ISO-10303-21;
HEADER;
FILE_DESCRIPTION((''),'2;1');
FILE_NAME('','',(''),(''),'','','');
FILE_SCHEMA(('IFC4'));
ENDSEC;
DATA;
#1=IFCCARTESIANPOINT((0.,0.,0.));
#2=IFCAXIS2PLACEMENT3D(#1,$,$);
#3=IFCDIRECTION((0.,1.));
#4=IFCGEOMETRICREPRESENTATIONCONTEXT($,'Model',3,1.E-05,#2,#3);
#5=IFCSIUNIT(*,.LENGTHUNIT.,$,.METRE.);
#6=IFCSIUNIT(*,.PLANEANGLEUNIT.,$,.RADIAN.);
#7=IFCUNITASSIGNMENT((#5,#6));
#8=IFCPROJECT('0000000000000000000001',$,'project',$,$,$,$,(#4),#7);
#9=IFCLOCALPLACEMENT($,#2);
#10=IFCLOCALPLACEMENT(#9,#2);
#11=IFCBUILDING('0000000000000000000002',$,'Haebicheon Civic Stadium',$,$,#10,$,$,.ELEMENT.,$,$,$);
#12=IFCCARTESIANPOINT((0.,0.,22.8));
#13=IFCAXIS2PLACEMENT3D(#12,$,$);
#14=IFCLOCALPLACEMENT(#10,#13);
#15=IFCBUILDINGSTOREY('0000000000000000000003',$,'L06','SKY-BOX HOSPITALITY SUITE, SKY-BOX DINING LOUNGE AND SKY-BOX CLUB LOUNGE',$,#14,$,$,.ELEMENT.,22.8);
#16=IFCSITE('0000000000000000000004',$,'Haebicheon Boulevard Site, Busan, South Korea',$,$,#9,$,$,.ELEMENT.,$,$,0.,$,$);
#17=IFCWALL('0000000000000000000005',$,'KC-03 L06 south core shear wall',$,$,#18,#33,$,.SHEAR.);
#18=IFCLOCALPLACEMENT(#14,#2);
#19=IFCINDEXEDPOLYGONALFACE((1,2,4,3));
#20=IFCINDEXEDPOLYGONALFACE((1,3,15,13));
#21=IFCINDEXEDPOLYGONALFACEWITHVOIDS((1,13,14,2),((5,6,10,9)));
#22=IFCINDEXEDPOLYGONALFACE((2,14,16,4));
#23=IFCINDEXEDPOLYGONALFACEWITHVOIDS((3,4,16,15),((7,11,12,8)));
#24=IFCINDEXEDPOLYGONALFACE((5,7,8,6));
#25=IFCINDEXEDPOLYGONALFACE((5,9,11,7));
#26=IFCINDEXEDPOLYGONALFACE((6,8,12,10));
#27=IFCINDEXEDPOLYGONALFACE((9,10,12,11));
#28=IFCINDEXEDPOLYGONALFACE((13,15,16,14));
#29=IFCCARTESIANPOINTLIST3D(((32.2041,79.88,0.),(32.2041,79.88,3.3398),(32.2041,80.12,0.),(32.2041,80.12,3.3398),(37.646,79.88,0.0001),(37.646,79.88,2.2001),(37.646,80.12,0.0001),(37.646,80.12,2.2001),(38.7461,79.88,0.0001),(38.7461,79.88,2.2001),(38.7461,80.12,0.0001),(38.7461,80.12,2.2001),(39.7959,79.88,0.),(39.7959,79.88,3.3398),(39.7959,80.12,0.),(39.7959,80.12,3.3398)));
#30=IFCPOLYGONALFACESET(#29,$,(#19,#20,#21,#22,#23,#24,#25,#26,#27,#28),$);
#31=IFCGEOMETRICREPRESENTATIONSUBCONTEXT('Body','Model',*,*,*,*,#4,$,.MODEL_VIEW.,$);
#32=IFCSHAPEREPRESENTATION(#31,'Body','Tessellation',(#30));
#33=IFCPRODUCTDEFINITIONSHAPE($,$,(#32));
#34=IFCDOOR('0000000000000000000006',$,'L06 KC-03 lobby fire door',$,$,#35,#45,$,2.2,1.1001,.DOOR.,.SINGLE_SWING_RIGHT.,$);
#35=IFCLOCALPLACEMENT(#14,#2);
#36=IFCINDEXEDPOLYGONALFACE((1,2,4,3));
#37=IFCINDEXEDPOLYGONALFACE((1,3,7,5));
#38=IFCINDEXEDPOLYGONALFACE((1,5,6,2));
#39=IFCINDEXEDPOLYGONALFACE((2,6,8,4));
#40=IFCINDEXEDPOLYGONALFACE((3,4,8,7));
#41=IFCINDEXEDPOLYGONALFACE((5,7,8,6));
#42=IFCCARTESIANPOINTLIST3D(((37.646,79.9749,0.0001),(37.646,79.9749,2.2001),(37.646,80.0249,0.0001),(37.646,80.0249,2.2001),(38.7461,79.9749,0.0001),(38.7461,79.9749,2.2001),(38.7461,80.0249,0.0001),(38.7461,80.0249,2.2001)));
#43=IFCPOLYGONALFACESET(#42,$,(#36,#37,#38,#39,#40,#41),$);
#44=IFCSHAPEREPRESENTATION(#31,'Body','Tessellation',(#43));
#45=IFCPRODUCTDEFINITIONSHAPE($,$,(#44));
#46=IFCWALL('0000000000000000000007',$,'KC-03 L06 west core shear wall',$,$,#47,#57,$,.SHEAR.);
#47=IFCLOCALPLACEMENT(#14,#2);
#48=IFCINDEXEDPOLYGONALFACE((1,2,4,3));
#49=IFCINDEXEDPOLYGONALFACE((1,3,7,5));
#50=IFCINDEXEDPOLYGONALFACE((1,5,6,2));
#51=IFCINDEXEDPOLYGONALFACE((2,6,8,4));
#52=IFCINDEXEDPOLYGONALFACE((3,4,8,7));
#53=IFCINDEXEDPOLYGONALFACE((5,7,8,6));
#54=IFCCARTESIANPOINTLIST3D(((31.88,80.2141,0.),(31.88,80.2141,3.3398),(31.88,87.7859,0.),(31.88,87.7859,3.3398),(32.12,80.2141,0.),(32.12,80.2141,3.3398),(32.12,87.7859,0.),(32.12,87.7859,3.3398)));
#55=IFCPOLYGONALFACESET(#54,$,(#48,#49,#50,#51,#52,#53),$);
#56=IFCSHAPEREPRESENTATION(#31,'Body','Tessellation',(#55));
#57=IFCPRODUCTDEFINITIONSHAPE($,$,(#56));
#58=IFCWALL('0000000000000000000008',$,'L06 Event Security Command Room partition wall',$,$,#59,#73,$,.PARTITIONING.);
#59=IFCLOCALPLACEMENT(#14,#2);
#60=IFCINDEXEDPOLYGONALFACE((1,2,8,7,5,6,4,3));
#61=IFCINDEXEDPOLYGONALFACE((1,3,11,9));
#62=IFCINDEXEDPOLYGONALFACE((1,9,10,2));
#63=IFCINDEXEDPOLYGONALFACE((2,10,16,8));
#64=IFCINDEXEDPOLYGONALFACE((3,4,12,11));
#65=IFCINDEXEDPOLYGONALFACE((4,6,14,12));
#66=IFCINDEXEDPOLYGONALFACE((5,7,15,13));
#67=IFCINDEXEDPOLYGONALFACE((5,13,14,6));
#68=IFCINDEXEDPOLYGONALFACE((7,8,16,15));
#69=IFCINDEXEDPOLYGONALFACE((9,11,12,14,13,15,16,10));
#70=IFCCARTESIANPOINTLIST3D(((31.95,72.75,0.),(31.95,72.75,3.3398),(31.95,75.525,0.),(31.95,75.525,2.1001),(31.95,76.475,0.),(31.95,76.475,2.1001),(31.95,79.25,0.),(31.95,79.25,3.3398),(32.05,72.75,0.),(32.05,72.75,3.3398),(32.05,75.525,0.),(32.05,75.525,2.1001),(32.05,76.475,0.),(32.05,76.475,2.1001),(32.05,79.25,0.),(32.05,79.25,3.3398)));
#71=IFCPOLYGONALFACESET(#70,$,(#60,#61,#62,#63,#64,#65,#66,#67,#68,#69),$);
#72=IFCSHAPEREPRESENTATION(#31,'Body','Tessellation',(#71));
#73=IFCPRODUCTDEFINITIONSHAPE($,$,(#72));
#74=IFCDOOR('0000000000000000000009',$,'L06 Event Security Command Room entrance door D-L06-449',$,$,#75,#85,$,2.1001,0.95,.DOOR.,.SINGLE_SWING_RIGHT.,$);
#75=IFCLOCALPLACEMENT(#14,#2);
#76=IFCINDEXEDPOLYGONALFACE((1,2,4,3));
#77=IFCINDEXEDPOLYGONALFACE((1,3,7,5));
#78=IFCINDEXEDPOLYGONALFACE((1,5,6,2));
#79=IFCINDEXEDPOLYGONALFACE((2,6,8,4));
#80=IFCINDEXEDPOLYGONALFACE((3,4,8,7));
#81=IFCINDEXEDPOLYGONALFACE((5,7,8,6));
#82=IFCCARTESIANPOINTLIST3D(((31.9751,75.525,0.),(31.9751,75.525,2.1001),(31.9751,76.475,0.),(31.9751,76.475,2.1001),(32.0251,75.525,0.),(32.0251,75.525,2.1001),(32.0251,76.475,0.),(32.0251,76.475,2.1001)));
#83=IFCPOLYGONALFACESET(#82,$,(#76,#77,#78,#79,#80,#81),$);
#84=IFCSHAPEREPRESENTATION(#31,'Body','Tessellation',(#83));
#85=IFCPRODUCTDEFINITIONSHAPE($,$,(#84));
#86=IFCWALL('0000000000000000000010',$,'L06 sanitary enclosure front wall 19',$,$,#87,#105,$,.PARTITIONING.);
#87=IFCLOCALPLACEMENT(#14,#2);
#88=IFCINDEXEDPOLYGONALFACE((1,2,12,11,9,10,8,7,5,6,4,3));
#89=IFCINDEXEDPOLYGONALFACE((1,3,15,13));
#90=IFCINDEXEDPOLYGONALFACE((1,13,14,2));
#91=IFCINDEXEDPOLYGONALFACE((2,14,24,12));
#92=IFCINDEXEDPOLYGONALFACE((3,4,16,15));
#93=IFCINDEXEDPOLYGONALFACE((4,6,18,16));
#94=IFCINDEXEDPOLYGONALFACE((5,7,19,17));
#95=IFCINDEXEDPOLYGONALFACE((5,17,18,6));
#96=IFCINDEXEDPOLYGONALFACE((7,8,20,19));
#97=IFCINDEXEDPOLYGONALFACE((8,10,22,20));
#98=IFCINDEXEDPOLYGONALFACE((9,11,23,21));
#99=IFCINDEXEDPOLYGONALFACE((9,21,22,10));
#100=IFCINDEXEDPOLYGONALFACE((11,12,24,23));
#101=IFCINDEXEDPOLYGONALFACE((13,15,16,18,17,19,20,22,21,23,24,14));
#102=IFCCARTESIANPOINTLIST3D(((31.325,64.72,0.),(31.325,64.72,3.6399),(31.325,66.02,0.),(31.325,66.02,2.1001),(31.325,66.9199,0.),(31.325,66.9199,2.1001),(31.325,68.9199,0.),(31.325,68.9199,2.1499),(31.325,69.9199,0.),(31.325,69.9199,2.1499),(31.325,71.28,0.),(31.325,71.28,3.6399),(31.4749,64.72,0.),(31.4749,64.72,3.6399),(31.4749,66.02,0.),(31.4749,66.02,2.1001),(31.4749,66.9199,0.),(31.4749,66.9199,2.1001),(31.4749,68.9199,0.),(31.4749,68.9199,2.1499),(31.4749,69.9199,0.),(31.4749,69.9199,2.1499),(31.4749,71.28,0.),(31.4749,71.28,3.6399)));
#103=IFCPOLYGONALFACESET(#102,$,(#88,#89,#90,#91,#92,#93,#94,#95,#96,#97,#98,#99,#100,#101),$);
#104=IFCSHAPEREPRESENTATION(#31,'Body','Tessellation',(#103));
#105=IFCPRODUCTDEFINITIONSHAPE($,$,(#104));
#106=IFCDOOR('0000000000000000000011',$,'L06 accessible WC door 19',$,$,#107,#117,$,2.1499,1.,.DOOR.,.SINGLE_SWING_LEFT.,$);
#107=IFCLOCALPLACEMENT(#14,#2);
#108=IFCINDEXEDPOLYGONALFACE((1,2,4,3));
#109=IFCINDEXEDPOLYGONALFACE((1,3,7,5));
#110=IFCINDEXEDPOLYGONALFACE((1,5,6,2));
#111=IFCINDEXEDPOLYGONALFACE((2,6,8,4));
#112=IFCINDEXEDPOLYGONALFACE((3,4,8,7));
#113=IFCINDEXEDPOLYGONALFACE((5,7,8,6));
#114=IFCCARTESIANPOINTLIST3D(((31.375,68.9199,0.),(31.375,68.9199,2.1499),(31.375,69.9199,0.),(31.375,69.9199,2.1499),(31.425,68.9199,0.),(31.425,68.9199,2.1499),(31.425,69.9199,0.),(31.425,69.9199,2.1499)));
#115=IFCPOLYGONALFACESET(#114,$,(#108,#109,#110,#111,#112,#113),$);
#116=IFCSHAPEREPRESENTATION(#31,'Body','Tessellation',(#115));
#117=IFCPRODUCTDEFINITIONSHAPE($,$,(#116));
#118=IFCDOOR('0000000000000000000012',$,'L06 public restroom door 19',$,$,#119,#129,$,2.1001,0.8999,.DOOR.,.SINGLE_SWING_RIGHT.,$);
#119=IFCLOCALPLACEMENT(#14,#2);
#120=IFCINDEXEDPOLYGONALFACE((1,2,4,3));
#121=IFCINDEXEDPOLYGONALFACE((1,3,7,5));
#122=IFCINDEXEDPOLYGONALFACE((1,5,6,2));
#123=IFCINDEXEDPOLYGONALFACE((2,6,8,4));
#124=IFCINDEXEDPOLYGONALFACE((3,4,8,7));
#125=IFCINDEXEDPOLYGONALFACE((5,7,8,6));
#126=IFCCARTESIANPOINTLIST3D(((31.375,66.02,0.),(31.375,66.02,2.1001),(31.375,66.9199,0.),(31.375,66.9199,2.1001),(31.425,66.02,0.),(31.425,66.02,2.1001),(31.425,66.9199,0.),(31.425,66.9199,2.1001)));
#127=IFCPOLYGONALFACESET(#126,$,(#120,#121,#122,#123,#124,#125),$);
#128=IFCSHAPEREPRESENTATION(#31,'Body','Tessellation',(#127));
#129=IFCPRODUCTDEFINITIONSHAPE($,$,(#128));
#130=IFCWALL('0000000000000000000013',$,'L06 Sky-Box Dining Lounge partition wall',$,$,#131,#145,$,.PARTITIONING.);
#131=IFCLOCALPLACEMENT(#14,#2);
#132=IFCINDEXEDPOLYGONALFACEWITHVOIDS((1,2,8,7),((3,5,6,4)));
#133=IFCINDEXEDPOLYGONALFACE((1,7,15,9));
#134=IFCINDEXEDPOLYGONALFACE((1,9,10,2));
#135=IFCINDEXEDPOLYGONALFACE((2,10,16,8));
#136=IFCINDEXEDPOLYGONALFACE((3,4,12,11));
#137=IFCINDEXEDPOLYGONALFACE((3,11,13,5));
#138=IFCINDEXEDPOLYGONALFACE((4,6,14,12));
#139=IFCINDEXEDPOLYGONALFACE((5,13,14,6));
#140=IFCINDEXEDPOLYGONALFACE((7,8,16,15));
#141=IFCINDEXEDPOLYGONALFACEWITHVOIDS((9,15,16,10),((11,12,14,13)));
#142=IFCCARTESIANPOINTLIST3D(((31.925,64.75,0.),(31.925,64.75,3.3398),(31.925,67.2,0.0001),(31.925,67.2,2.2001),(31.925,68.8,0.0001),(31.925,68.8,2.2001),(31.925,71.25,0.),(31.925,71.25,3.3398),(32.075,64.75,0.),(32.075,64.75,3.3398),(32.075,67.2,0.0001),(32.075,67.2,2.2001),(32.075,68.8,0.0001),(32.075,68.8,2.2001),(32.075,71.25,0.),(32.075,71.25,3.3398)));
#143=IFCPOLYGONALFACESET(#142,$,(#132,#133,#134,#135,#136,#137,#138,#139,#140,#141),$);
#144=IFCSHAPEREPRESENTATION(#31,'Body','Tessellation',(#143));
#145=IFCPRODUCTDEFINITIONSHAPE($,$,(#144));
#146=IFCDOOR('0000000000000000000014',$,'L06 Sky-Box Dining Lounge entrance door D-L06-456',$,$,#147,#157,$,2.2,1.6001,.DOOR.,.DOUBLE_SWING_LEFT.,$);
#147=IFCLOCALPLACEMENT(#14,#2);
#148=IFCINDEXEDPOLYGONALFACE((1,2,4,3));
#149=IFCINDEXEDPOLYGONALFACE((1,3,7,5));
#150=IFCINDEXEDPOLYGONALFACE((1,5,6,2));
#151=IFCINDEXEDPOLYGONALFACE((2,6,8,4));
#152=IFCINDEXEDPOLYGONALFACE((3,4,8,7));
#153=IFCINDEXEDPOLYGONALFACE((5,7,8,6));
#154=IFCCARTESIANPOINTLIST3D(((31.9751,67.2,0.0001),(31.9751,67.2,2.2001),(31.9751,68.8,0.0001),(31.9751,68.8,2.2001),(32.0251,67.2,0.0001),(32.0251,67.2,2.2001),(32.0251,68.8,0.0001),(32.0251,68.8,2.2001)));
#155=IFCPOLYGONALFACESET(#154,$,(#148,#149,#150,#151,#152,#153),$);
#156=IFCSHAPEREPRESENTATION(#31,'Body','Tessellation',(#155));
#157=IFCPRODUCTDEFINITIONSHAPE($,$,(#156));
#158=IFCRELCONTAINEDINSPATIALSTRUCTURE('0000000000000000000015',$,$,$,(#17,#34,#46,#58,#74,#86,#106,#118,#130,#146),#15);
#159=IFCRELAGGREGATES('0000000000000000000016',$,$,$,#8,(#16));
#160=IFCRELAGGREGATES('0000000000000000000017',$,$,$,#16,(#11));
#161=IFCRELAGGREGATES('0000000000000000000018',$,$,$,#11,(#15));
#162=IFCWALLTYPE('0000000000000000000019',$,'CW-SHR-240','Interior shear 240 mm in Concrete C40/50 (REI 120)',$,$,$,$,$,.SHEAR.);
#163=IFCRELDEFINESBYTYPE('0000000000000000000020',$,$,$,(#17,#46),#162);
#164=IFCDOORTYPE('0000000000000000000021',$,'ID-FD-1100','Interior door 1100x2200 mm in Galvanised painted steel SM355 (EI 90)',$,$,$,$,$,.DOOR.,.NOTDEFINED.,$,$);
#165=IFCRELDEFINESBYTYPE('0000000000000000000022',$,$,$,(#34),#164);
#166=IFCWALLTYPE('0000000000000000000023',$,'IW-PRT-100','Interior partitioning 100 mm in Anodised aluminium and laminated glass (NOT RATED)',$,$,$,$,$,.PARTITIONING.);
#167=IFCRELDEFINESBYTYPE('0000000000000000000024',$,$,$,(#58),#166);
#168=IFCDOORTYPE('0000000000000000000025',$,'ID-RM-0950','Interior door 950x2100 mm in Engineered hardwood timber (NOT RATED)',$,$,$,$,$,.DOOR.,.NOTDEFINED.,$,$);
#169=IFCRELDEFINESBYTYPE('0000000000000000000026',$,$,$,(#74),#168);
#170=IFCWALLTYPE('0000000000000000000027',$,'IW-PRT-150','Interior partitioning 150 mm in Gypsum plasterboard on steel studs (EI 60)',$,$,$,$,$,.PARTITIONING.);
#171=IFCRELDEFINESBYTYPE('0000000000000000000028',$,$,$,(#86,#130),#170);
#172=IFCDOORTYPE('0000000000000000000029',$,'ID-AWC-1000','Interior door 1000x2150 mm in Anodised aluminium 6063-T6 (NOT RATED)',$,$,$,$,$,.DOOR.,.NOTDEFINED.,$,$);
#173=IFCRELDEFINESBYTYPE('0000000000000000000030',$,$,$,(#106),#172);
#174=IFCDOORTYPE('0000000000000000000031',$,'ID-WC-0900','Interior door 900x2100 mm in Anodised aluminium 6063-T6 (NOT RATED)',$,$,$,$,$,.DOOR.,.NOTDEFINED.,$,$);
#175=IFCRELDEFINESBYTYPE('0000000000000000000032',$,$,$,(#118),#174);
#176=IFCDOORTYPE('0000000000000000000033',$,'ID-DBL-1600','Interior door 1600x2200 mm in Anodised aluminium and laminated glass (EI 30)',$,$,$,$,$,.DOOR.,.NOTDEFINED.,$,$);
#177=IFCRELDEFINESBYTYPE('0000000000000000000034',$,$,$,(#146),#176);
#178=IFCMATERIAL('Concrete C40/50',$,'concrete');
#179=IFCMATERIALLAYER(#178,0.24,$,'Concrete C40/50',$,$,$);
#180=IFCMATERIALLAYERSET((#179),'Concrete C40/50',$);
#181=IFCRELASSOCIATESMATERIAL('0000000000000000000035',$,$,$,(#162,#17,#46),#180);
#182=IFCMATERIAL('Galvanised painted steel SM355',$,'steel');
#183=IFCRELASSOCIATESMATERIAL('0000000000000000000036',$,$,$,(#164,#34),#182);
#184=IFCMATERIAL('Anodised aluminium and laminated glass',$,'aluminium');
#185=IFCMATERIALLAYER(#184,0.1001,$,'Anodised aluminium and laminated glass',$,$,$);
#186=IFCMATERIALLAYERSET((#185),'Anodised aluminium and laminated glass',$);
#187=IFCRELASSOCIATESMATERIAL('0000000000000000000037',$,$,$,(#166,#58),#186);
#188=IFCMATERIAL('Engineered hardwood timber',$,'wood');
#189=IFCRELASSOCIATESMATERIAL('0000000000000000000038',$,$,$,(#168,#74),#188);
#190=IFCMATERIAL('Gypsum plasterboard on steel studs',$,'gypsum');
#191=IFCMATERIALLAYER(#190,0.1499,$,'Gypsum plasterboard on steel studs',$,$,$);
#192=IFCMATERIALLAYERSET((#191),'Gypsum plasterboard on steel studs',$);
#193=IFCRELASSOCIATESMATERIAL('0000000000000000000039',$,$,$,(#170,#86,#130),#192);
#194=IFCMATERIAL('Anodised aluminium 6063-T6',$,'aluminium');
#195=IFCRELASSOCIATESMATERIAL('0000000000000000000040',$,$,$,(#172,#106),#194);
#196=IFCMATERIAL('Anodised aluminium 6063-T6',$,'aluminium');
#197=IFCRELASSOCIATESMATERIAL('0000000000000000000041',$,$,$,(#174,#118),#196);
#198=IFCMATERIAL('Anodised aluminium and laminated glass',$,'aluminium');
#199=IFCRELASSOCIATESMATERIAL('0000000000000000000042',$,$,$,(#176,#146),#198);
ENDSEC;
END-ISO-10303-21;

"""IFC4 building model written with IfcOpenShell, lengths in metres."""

from ifc_helpers import new_model, si_unit, direction, frame, frame_2d, origin, place, context, subcontext, project, spatial, rectangle, extrude, material, layer, layer_set, type_object, element, fill, save


model = new_model("IFC4")

# Units and contexts
model_context = context("Model", 3, precision=1e-05, world=origin(), true_north=direction((0.0, 1.0)))
body_context = subcontext(model_context, "Body", "Model", "MODEL_VIEW")
ifc_project = project(units=[si_unit("LENGTHUNIT", "METRE"), si_unit("PLANEANGLEUNIT", "RADIAN")], contexts=[model_context])

# Site, building, storey
site_placement = place(None, origin())
site = spatial("IfcSite", under=ifc_project, at=site_placement, Name="Haebicheon Boulevard Site, Busan, South Korea", CompositionType="ELEMENT", RefElevation=0.0)
building_placement = place(site_placement, origin())
building = spatial("IfcBuilding", under=site, at=building_placement, Name="Haebicheon Civic Stadium", CompositionType="ELEMENT")
storey_placement = place(building_placement, frame((0.0, 0.0, 22.8)))
storey = spatial("IfcBuildingStorey", under=building, at=storey_placement, Name="L06", Description="SKY-BOX HOSPITALITY SUITE, SKY-BOX DINING LOUNGE AND SKY-BOX CLUB LOUNGE", CompositionType="ELEMENT", Elevation=22.8)

# Wall, opening, door
ifc_material_1 = material(Name="Concrete C40/50", Category="concrete")
ifc_layer_1 = layer(ifc_material_1, 0.24, Name="Concrete C40/50")
ifc_layer_set_1 = layer_set([ifc_layer_1], Name="Concrete C40/50")
wall_type_1 = type_object("IfcWallType", Name="CW-SHR-240", Description="Interior shear 240 mm in Concrete C40/50 (REI 120)", PredefinedType="SHEAR", material=ifc_layer_set_1)
wall_1_placement = place(storey_placement, frame((32.2041, 80.0, 0.0), z_axis=(0.0, 0.0, 1.0), x_axis=(1.0, 0.0, 0.0)))
wall_1 = element("IfcWall", 1, at=wall_1_placement, inside=storey, type_object=wall_type_1, material=ifc_layer_set_1, Name="KC-03 L06 south core shear wall", PredefinedType="SHEAR", context=body_context, shape_type="SweptSolid", body=[
    extrude(rectangle(XDim=7.5918, YDim=0.24, at=frame_2d((3.7959, 0.0))), origin(), (0.0, 0.0, 1.0), 3.3398),
])
opening_1_placement = place(wall_1_placement, frame((5.4419, 0.0, 0.0)))
opening_1 = element("IfcOpeningElement", 2, at=opening_1_placement, cuts=wall_1, PredefinedType="OPENING", context=body_context, shape_type="SweptSolid", body=[
    extrude(rectangle(XDim=1.1001, YDim=2.2, at=frame_2d((0.55, 1.1001))), frame((0.0, 0.1299, 0.0), z_axis=(0.0, -1.0, 0.0), x_axis=(1.0, 0.0, 0.0)), (0.0, 0.0, 1.0), 0.26),
])
ifc_material_2 = material(Name="Galvanised painted steel SM355", Category="steel")
door_type_1 = type_object("IfcDoorType", Name="ID-FD-1100", Description="Interior door 1100x2200 mm in Galvanised painted steel SM355 (EI 90)", OperationType="NOTDEFINED", PredefinedType="DOOR", material=ifc_material_2)
door_1_placement = place(opening_1_placement, origin())
door_1 = element("IfcDoor", 3, at=door_1_placement, inside=storey, type_object=door_type_1, material=ifc_material_2, Name="L06 KC-03 lobby fire door", OperationType="SINGLE_SWING_RIGHT", OverallHeight=2.2, OverallWidth=1.1001, PredefinedType="DOOR", context=body_context, shape_type="SweptSolid", body=[
    extrude(rectangle(XDim=1.1001, YDim=2.2, at=frame_2d((0.55, 1.1001))), frame((0.0, 0.0249, 0.0), z_axis=(0.0, -1.0, 0.0), x_axis=(1.0, 0.0, 0.0)), (0.0, 0.0, 1.0), 0.05),
])
fill(opening_1, door_1)

# Wall
wall_2_placement = place(storey_placement, frame((32.0, 80.2141, 0.0), z_axis=(0.0, 0.0, 1.0), x_axis=(0.0, 1.0, 0.0)))
element("IfcWall", 4, at=wall_2_placement, inside=storey, type_object=wall_type_1, material=ifc_layer_set_1, Name="KC-03 L06 west core shear wall", PredefinedType="SHEAR", context=body_context, shape_type="SweptSolid", body=[
    extrude(rectangle(XDim=7.5718, YDim=0.24, at=frame_2d((3.7859, 0.0))), origin(), (0.0, 0.0, 1.0), 3.3398),
])

# Wall, opening, door
ifc_material_3 = material(Name="Anodised aluminium and laminated glass", Category="aluminium")
ifc_layer_2 = layer(ifc_material_3, 0.1001, Name="Anodised aluminium and laminated glass")
ifc_layer_set_2 = layer_set([ifc_layer_2], Name="Anodised aluminium and laminated glass")
wall_type_2 = type_object("IfcWallType", Name="IW-PRT-100", Description="Interior partitioning 100 mm in Anodised aluminium and laminated glass (NOT RATED)", PredefinedType="PARTITIONING", material=ifc_layer_set_2)
wall_3_placement = place(storey_placement, frame((32.0, 72.75, 0.0), z_axis=(0.0, 0.0, 1.0), x_axis=(0.0, 1.0, 0.0)))
wall_3 = element("IfcWall", 5, at=wall_3_placement, inside=storey, type_object=wall_type_2, material=ifc_layer_set_2, Name="L06 Event Security Command Room partition wall", PredefinedType="PARTITIONING", context=body_context, shape_type="SweptSolid", body=[
    extrude(rectangle(XDim=6.5, YDim=0.1001, at=frame_2d((3.25, 0.0))), origin(), (0.0, 0.0, 1.0), 3.3398),
])
opening_2_placement = place(wall_3_placement, frame((2.7749, 0.0, 0.0)))
opening_2 = element("IfcOpeningElement", 6, at=opening_2_placement, cuts=wall_3, PredefinedType="OPENING", context=body_context, shape_type="SweptSolid", body=[
    extrude(rectangle(XDim=0.95, YDim=2.1001, at=frame_2d((0.4751, 1.05))), frame((0.0, 0.0601, 0.0), z_axis=(0.0, -1.0, 0.0), x_axis=(1.0, 0.0, 0.0)), (0.0, 0.0, 1.0), 0.1201),
])
ifc_material_4 = material(Name="Engineered hardwood timber", Category="wood")
door_type_2 = type_object("IfcDoorType", Name="ID-RM-0950", Description="Interior door 950x2100 mm in Engineered hardwood timber (NOT RATED)", OperationType="NOTDEFINED", PredefinedType="DOOR", material=ifc_material_4)
door_2_placement = place(opening_2_placement, origin())
door_2 = element("IfcDoor", 7, at=door_2_placement, inside=storey, type_object=door_type_2, material=ifc_material_4, Name="L06 Event Security Command Room entrance door D-L06-449", OperationType="SINGLE_SWING_RIGHT", OverallHeight=2.1001, OverallWidth=0.95, PredefinedType="DOOR", context=body_context, shape_type="SweptSolid", body=[
    extrude(rectangle(XDim=0.95, YDim=2.1001, at=frame_2d((0.4751, 1.05))), frame((0.0, 0.0249, 0.0), z_axis=(0.0, -1.0, 0.0), x_axis=(1.0, 0.0, 0.0)), (0.0, 0.0, 1.0), 0.05),
])
fill(opening_2, door_2)

# Wall, openings, doors
ifc_material_5 = material(Name="Gypsum plasterboard on steel studs", Category="gypsum")
ifc_layer_3 = layer(ifc_material_5, 0.1499, Name="Gypsum plasterboard on steel studs")
ifc_layer_set_3 = layer_set([ifc_layer_3], Name="Gypsum plasterboard on steel studs")
wall_type_3 = type_object("IfcWallType", Name="IW-PRT-150", Description="Interior partitioning 150 mm in Gypsum plasterboard on steel studs (EI 60)", PredefinedType="PARTITIONING", material=ifc_layer_set_3)
wall_4_placement = place(storey_placement, frame((31.3999, 64.72, 0.0), z_axis=(0.0, 0.0, 1.0), x_axis=(0.0, 1.0, 0.0)))
wall_4 = element("IfcWall", 8, at=wall_4_placement, inside=storey, type_object=wall_type_3, material=ifc_layer_set_3, Name="L06 sanitary enclosure front wall 19", PredefinedType="PARTITIONING", context=body_context, shape_type="SweptSolid", body=[
    extrude(rectangle(XDim=6.5601, YDim=0.1499, at=frame_2d((3.28, 0.0))), origin(), (0.0, 0.0, 1.0), 3.6399),
])
opening_3_placement = place(wall_4_placement, frame((1.3, 0.0, 0.0)))
opening_3 = element("IfcOpeningElement", 9, at=opening_3_placement, cuts=wall_4, PredefinedType="OPENING", context=body_context, shape_type="SweptSolid", body=[
    extrude(rectangle(XDim=0.8999, YDim=2.1001, at=frame_2d((0.45, 1.05))), frame((0.0, 0.085, 0.0), z_axis=(0.0, -1.0, 0.0), x_axis=(1.0, 0.0, 0.0)), (0.0, 0.0, 1.0), 0.1699),
])
opening_4_placement = place(wall_4_placement, frame((4.2, 0.0, 0.0)))
opening_4 = element("IfcOpeningElement", 10, at=opening_4_placement, cuts=wall_4, PredefinedType="OPENING", context=body_context, shape_type="SweptSolid", body=[
    extrude(rectangle(XDim=1.0, YDim=2.1499, at=frame_2d((0.5, 1.075))), frame((0.0, 0.085, 0.0), z_axis=(0.0, -1.0, 0.0), x_axis=(1.0, 0.0, 0.0)), (0.0, 0.0, 1.0), 0.1699),
])
ifc_material_6 = material(Name="Anodised aluminium 6063-T6", Category="aluminium")
door_type_3 = type_object("IfcDoorType", Name="ID-AWC-1000", Description="Interior door 1000x2150 mm in Anodised aluminium 6063-T6 (NOT RATED)", OperationType="NOTDEFINED", PredefinedType="DOOR", material=ifc_material_6)
door_3_placement = place(opening_4_placement, origin())
door_3 = element("IfcDoor", 11, at=door_3_placement, inside=storey, type_object=door_type_3, material=ifc_material_6, Name="L06 accessible WC door 19", OperationType="SINGLE_SWING_LEFT", OverallHeight=2.1499, OverallWidth=1.0, PredefinedType="DOOR", context=body_context, shape_type="SweptSolid", body=[
    extrude(rectangle(XDim=1.0, YDim=2.1499, at=frame_2d((0.5, 1.075))), frame((0.0, 0.0249, 0.0), z_axis=(0.0, -1.0, 0.0), x_axis=(1.0, 0.0, 0.0)), (0.0, 0.0, 1.0), 0.05),
])
fill(opening_4, door_3)
ifc_material_7 = material(Name="Anodised aluminium 6063-T6", Category="aluminium")
door_type_4 = type_object("IfcDoorType", Name="ID-WC-0900", Description="Interior door 900x2100 mm in Anodised aluminium 6063-T6 (NOT RATED)", OperationType="NOTDEFINED", PredefinedType="DOOR", material=ifc_material_7)
door_4_placement = place(opening_3_placement, origin())
door_4 = element("IfcDoor", 12, at=door_4_placement, inside=storey, type_object=door_type_4, material=ifc_material_7, Name="L06 public restroom door 19", OperationType="SINGLE_SWING_RIGHT", OverallHeight=2.1001, OverallWidth=0.8999, PredefinedType="DOOR", context=body_context, shape_type="SweptSolid", body=[
    extrude(rectangle(XDim=0.8999, YDim=2.1001, at=frame_2d((0.45, 1.05))), frame((0.0, 0.0249, 0.0), z_axis=(0.0, -1.0, 0.0), x_axis=(1.0, 0.0, 0.0)), (0.0, 0.0, 1.0), 0.05),
])
fill(opening_3, door_4)

# Wall, opening, door
wall_5_placement = place(storey_placement, frame((32.0, 64.75, 0.0), z_axis=(0.0, 0.0, 1.0), x_axis=(0.0, 1.0, 0.0)))
wall_5 = element("IfcWall", 13, at=wall_5_placement, inside=storey, type_object=wall_type_3, material=ifc_layer_set_3, Name="L06 Sky-Box Dining Lounge partition wall", PredefinedType="PARTITIONING", context=body_context, shape_type="SweptSolid", body=[
    extrude(rectangle(XDim=6.5, YDim=0.1499, at=frame_2d((3.25, 0.0))), origin(), (0.0, 0.0, 1.0), 3.3398),
])
opening_5_placement = place(wall_5_placement, frame((2.45, 0.0, 0.0)))
opening_5 = element("IfcOpeningElement", 14, at=opening_5_placement, cuts=wall_5, PredefinedType="OPENING", context=body_context, shape_type="SweptSolid", body=[
    extrude(rectangle(XDim=1.6001, YDim=2.2, at=frame_2d((0.8, 1.1001))), frame((0.0, 0.085, 0.0), z_axis=(0.0, -1.0, 0.0), x_axis=(1.0, 0.0, 0.0)), (0.0, 0.0, 1.0), 0.1699),
])
ifc_material_8 = material(Name="Anodised aluminium and laminated glass", Category="aluminium")
door_type_5 = type_object("IfcDoorType", Name="ID-DBL-1600", Description="Interior door 1600x2200 mm in Anodised aluminium and laminated glass (EI 30)", OperationType="NOTDEFINED", PredefinedType="DOOR", material=ifc_material_8)
door_5_placement = place(opening_5_placement, origin())
door_5 = element("IfcDoor", 15, at=door_5_placement, inside=storey, type_object=door_type_5, material=ifc_material_8, Name="L06 Sky-Box Dining Lounge entrance door D-L06-456", OperationType="DOUBLE_SWING_LEFT", OverallHeight=2.2, OverallWidth=1.6001, PredefinedType="DOOR", context=body_context, shape_type="SweptSolid", body=[
    extrude(rectangle(XDim=1.6001, YDim=2.2, at=frame_2d((0.8, 1.1001))), frame((0.0, 0.0249, 0.0), z_axis=(0.0, -1.0, 0.0), x_axis=(1.0, 0.0, 0.0)), (0.0, 0.0, 1.0), 0.05),
])
fill(opening_5, door_5)

save(model, "model.ifc")
